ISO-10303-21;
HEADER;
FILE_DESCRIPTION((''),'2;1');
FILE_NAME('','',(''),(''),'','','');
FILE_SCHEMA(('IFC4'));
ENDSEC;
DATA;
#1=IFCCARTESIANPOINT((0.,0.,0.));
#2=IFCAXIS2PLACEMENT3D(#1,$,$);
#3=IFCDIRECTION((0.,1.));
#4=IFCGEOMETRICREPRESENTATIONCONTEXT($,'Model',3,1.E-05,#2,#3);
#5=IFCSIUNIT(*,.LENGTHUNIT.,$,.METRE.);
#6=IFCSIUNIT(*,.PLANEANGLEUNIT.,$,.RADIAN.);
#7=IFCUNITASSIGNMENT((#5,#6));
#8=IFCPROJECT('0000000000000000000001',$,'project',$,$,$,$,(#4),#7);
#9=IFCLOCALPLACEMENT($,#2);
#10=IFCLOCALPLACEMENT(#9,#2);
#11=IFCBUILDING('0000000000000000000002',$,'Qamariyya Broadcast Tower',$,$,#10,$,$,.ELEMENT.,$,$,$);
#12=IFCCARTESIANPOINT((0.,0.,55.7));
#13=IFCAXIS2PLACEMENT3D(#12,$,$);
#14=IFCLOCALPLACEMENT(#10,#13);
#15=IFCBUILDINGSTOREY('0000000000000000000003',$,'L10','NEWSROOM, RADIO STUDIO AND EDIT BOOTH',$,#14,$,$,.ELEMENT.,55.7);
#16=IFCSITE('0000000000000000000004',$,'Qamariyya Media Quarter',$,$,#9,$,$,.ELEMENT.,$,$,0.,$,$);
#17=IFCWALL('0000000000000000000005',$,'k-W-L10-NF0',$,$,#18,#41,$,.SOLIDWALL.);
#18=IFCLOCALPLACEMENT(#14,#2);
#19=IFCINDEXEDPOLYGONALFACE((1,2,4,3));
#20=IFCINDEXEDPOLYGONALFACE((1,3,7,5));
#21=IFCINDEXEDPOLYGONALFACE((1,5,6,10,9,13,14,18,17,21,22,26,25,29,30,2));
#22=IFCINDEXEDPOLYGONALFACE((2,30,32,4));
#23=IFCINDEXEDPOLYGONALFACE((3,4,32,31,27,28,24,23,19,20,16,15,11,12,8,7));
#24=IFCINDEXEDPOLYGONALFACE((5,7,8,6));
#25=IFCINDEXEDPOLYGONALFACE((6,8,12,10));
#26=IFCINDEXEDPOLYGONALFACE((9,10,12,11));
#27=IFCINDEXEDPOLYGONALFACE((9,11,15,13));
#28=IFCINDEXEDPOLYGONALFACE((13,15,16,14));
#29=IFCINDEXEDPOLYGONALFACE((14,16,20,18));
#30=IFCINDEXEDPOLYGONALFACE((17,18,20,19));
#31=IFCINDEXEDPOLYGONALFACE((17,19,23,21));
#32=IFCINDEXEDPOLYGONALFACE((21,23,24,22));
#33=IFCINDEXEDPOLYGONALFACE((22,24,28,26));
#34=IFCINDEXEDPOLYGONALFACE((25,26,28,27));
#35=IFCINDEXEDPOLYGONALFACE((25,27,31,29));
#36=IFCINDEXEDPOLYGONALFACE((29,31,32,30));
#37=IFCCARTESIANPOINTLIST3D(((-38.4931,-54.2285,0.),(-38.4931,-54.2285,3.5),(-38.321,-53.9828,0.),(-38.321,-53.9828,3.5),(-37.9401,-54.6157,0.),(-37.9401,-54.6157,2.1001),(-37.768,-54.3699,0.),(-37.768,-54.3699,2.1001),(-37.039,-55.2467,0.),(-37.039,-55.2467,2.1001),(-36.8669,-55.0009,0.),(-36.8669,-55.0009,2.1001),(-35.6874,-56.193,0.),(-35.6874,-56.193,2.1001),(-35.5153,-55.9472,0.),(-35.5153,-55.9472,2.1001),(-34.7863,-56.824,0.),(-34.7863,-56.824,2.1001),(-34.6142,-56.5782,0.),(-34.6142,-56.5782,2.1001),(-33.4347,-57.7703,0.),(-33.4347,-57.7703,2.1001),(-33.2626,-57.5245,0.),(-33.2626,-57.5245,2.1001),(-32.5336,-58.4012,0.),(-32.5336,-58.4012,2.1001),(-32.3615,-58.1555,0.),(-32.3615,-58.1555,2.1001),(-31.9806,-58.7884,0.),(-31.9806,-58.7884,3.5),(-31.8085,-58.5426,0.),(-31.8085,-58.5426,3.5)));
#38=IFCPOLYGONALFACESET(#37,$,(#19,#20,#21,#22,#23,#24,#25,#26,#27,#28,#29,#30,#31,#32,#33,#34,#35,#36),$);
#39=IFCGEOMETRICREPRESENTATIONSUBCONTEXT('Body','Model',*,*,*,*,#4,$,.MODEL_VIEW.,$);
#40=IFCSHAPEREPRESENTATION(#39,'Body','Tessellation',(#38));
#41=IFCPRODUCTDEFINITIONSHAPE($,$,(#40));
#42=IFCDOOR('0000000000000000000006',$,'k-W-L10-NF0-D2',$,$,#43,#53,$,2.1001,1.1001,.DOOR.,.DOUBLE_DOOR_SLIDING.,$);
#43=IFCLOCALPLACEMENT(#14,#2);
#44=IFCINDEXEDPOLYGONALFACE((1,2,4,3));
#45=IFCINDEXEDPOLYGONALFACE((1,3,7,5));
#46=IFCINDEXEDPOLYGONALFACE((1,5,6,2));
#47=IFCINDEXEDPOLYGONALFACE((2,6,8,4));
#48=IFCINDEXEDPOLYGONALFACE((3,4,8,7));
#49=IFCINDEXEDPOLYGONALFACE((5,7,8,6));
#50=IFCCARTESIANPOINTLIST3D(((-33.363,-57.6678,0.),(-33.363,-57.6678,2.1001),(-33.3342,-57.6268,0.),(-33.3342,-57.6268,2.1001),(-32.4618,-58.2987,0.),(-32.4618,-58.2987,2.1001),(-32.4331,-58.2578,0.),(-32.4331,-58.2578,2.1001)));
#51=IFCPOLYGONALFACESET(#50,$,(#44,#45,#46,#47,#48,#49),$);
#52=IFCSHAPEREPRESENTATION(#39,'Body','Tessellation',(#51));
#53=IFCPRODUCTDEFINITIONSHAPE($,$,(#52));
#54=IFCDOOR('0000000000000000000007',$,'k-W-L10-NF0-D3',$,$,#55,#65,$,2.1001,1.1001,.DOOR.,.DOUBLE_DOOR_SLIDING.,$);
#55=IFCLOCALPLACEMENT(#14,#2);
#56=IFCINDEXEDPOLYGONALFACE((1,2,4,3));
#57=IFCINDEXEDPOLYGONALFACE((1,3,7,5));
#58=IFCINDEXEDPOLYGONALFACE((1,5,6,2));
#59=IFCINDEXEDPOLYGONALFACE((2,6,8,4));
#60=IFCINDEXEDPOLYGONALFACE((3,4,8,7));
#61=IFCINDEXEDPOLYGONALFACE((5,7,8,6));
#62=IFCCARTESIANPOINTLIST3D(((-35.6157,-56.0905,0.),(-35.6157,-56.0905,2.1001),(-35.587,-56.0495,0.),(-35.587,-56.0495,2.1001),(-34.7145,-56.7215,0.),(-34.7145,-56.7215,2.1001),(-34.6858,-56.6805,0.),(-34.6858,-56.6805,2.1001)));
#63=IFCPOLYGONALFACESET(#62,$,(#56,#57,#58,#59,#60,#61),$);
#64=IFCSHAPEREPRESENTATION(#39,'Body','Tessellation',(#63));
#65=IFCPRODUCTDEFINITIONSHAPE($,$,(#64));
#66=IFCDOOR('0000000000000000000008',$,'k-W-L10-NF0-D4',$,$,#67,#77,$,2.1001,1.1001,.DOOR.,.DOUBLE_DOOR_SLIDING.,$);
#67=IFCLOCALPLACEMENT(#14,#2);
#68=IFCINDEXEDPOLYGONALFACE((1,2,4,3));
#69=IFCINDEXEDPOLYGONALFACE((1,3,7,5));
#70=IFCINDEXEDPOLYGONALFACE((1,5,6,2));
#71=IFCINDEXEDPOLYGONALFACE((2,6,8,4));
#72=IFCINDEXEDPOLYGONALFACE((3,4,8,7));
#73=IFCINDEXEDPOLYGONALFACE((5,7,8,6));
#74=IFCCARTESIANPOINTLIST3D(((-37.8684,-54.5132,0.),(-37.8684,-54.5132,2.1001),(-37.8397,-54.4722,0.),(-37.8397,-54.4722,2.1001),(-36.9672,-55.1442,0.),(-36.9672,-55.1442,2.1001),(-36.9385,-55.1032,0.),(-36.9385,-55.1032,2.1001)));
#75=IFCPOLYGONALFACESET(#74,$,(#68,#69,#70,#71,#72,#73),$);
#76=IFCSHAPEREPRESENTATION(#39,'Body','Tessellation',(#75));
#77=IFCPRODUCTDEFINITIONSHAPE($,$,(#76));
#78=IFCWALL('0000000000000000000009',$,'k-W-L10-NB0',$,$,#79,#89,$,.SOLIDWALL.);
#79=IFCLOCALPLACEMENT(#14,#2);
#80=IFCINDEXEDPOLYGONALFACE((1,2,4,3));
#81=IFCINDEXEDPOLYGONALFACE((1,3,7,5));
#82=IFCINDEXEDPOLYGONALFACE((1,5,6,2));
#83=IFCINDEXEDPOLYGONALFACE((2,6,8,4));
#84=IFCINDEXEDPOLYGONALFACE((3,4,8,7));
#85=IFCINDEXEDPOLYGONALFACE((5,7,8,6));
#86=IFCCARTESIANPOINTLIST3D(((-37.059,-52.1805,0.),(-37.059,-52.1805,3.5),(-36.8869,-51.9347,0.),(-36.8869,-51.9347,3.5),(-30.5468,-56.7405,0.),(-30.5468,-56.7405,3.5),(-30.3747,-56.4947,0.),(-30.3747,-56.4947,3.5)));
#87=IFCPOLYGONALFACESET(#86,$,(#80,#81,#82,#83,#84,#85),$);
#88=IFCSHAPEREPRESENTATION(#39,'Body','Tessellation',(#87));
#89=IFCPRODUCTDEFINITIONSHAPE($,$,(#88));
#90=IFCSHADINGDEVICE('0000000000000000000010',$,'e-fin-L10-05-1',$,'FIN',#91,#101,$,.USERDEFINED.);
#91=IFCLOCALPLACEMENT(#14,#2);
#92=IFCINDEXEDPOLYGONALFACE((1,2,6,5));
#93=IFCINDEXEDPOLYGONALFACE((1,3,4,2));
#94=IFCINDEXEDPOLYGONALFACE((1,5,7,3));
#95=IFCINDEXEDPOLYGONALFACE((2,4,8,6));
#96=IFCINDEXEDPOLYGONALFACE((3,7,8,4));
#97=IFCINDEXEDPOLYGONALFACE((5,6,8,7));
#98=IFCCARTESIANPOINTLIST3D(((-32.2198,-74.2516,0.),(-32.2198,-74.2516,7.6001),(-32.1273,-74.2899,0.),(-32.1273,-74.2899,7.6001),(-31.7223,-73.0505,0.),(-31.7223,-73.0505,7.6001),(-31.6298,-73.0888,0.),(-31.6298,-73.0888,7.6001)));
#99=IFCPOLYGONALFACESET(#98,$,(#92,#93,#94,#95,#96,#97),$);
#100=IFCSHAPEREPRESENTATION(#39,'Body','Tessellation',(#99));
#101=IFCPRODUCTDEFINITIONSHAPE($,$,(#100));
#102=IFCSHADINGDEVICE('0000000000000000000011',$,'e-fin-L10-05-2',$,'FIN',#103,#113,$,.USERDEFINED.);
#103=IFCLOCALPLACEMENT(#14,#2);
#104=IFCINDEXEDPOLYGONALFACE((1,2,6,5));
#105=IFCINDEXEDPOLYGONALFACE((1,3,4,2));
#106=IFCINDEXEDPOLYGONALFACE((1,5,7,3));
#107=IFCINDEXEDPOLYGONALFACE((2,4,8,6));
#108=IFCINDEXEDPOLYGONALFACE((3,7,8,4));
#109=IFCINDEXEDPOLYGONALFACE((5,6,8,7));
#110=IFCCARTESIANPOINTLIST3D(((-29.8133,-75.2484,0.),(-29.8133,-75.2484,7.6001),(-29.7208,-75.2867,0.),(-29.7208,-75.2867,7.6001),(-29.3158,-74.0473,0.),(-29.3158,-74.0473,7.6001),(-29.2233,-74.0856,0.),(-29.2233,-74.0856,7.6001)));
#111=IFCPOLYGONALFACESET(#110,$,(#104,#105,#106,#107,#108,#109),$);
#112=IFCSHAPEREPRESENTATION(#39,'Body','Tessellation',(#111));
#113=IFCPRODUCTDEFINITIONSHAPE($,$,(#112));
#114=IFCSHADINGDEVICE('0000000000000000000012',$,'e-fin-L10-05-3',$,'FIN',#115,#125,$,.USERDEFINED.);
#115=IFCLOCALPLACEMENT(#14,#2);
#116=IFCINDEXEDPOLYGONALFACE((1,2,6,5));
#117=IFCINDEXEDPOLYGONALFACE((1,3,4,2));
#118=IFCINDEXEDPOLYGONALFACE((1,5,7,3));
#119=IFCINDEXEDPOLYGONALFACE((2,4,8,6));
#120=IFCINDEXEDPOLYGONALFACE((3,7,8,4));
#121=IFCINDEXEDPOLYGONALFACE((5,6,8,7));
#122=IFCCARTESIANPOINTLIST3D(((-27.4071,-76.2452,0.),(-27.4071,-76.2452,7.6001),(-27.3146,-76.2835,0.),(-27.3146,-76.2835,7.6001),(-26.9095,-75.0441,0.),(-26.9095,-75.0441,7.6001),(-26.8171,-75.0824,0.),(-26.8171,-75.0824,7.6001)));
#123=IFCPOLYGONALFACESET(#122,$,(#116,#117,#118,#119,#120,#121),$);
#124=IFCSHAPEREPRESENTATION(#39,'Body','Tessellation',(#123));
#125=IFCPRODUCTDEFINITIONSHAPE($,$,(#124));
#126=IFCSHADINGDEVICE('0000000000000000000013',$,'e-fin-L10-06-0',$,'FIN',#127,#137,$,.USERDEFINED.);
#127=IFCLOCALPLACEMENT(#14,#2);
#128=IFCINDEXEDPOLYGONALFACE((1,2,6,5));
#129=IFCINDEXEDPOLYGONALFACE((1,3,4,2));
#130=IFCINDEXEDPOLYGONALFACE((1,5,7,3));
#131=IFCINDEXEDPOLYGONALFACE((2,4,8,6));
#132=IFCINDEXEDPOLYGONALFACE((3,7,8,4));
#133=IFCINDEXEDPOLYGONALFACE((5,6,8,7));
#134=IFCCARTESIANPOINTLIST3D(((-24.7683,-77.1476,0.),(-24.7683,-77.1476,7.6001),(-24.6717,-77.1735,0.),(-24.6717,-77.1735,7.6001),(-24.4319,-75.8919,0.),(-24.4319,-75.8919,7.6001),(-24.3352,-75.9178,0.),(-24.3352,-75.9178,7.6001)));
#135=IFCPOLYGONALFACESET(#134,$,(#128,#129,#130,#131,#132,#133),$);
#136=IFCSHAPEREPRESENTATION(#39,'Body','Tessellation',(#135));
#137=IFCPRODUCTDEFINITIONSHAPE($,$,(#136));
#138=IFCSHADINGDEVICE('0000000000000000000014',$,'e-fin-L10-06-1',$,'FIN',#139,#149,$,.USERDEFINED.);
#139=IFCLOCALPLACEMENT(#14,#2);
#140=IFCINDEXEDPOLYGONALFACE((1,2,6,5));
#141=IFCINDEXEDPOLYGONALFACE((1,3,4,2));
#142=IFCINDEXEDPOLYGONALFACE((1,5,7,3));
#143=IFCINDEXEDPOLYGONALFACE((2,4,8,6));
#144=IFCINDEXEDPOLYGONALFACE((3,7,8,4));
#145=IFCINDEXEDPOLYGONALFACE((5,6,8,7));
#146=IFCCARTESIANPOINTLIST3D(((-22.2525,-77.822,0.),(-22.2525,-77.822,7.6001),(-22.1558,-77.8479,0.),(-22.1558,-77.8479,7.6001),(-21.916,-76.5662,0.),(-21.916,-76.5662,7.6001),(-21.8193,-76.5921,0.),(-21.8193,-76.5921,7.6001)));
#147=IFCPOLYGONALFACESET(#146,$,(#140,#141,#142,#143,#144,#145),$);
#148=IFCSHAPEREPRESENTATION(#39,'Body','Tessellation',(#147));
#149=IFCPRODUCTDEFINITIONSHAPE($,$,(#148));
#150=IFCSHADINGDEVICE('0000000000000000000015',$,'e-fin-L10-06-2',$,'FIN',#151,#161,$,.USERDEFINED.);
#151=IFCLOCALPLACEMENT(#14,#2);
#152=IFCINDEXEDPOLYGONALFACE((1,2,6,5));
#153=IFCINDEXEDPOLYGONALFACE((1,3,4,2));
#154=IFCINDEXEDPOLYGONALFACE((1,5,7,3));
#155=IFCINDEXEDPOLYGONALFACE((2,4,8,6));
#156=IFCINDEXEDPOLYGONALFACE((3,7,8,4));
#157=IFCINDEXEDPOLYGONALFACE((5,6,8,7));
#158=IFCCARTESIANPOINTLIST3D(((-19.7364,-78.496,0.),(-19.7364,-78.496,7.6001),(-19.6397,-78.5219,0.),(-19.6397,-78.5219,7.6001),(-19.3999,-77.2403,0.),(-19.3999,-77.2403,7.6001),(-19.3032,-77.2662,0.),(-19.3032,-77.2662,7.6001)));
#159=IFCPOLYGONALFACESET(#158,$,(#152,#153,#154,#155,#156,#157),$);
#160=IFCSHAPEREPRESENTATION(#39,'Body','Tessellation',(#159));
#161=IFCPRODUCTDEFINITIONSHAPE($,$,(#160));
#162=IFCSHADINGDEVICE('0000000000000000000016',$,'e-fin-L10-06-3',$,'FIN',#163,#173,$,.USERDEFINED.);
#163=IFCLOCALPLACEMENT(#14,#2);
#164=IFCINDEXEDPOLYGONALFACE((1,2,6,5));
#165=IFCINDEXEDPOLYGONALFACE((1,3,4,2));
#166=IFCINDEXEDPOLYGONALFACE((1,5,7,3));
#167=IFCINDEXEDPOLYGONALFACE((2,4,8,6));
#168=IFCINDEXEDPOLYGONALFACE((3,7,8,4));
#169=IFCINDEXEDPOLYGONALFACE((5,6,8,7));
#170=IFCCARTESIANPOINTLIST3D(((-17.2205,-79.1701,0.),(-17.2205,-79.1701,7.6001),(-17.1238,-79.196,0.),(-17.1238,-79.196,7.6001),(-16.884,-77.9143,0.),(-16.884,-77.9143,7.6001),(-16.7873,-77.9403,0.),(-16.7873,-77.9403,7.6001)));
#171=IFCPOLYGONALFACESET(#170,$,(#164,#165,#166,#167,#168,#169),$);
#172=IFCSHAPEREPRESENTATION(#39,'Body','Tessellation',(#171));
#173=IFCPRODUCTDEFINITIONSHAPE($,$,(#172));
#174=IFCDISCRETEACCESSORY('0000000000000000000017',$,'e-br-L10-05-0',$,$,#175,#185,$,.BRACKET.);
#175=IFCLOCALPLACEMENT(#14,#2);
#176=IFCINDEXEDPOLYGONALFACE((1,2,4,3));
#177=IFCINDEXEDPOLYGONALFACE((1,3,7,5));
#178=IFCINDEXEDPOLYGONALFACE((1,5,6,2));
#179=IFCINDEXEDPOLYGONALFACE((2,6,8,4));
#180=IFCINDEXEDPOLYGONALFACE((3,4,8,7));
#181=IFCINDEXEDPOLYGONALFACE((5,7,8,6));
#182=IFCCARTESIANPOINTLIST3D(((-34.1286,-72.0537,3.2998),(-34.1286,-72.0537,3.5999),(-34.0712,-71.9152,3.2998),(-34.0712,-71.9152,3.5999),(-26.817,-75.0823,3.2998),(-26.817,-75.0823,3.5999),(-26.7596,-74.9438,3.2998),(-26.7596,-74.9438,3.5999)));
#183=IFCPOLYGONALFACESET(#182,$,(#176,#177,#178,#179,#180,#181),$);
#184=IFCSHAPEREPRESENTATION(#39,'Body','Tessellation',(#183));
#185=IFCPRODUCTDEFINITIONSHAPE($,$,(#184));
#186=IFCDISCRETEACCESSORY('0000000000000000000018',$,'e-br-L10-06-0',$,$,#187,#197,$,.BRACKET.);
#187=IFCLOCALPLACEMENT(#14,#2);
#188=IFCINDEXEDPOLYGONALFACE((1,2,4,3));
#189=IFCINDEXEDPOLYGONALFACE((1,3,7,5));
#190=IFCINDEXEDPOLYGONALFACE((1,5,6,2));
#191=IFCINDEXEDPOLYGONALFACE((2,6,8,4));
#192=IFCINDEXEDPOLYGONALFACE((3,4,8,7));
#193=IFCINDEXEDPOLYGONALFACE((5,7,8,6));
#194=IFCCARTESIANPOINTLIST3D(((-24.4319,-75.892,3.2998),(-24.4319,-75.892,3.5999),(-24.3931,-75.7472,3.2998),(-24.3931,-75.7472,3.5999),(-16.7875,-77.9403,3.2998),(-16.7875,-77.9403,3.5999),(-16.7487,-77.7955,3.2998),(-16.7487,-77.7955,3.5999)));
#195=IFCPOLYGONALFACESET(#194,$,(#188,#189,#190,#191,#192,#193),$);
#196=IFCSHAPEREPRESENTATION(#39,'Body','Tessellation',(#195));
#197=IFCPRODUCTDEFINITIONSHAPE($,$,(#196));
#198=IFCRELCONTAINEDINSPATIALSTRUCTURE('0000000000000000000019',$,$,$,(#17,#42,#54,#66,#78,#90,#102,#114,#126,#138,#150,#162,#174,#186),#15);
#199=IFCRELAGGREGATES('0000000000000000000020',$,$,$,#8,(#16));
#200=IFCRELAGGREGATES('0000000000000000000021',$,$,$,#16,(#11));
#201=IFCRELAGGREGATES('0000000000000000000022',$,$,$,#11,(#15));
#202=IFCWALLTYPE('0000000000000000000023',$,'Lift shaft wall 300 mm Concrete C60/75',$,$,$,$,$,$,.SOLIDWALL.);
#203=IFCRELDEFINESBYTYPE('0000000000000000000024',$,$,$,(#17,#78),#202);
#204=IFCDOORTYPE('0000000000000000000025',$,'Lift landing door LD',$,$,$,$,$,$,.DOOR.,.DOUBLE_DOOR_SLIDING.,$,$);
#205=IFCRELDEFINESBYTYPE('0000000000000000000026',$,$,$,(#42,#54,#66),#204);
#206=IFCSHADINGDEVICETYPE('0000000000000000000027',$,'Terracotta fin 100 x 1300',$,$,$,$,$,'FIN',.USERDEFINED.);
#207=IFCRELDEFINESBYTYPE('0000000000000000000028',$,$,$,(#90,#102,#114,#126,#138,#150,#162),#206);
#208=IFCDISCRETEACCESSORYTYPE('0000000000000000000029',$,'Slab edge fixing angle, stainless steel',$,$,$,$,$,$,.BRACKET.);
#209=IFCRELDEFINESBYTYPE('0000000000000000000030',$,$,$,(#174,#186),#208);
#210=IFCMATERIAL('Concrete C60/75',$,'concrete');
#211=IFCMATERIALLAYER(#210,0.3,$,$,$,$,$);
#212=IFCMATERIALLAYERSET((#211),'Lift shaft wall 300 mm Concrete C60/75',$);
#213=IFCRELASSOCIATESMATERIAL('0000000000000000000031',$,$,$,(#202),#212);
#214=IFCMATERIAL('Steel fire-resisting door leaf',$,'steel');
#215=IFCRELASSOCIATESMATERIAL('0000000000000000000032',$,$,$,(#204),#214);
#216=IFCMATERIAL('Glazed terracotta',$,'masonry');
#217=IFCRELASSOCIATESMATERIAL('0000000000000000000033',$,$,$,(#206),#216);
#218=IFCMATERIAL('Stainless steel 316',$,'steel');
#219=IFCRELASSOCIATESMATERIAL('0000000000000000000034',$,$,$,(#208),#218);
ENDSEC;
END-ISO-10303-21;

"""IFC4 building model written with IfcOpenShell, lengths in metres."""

from ifc_helpers import new_model, si_unit, direction, frame, frame_2d, origin, origin_2d, place, context, subcontext, project, spatial, rectangle, extrude, material, layer, layer_set, material_profile, profile_set, type_object, element, fill, save


model = new_model("IFC4")

# Units and contexts
model_context = context("Model", 3, precision=1e-05, world=origin(), true_north=direction((0.0, 1.0)))
body_context = subcontext(model_context, "Body", "Model", "MODEL_VIEW")
ifc_project = project(units=[si_unit("LENGTHUNIT", "METRE"), si_unit("PLANEANGLEUNIT", "RADIAN")], contexts=[model_context])

# Site, building, storey
site_placement = place(None, origin())
site = spatial("IfcSite", under=ifc_project, at=site_placement, Name="Qamariyya Media Quarter", CompositionType="ELEMENT", RefElevation=0.0)
building_placement = place(site_placement, origin())
building = spatial("IfcBuilding", under=site, at=building_placement, Name="Qamariyya Broadcast Tower", CompositionType="ELEMENT")
storey_placement = place(building_placement, frame((0.0, 0.0, 55.7)))
storey = spatial("IfcBuildingStorey", under=building, at=storey_placement, Name="L10", Description="NEWSROOM, RADIO STUDIO AND EDIT BOOTH", CompositionType="ELEMENT", Elevation=55.7)

# Wall, openings, doors
ifc_material_1 = material(Name="Concrete C60/75", Category="concrete")
ifc_layer_1 = layer(ifc_material_1, 0.3)
ifc_layer_set_1 = layer_set([ifc_layer_1], Name="Lift shaft wall 300 mm Concrete C60/75")
wall_type_1 = type_object("IfcWallType", Name="Lift shaft wall 300 mm Concrete C60/75", PredefinedType="SOLIDWALL", material=ifc_layer_set_1)
wall_1_placement = place(storey_placement, frame((-31.8945, -58.6655, 0.0), z_axis=(0.0, 0.0, 1.0), x_axis=(-0.819167, 0.573555, 0.0)))
wall_1 = element("IfcWall", 1, at=wall_1_placement, inside=storey, type_object=wall_type_1, Name="k-W-L10-NF0", PredefinedType="SOLIDWALL", context=body_context, shape_type="SweptSolid", body=[
    extrude(rectangle(XDim=7.9502, YDim=0.3, at=frame_2d((3.9751, 0.0))), origin(), (0.0, 0.0, 1.0), 3.5),
])
opening_1_placement = place(wall_1_placement, frame((0.675, 0.0, 0.0)))
opening_1 = element("IfcOpeningElement", 2, at=opening_1_placement, cuts=wall_1, PredefinedType="OPENING", context=body_context, shape_type="SweptSolid", body=[
    extrude(rectangle(XDim=1.1001, YDim=2.1001, at=frame_2d((0.55, 1.05))), frame((0.0, 0.1599, 0.0), z_axis=(0.0, -1.0, 0.0), x_axis=(1.0, 0.0, 0.0)), (0.0, 0.0, 1.0), 0.3201),
])
opening_2_placement = place(wall_1_placement, frame((3.425, 0.0, 0.0)))
opening_2 = element("IfcOpeningElement", 3, at=opening_2_placement, cuts=wall_1, PredefinedType="OPENING", context=body_context, shape_type="SweptSolid", body=[
    extrude(rectangle(XDim=1.1001, YDim=2.1001, at=frame_2d((0.55, 1.05))), frame((0.0, 0.1599, 0.0), z_axis=(0.0, -1.0, 0.0), x_axis=(1.0, 0.0, 0.0)), (0.0, 0.0, 1.0), 0.3201),
])
opening_3_placement = place(wall_1_placement, frame((6.175, 0.0, 0.0)))
opening_3 = element("IfcOpeningElement", 4, at=opening_3_placement, cuts=wall_1, PredefinedType="OPENING", context=body_context, shape_type="SweptSolid", body=[
    extrude(rectangle(XDim=1.1001, YDim=2.1001, at=frame_2d((0.55, 1.05))), frame((0.0, 0.1599, 0.0), z_axis=(0.0, -1.0, 0.0), x_axis=(1.0, 0.0, 0.0)), (0.0, 0.0, 1.0), 0.3201),
])
ifc_material_2 = material(Name="Steel fire-resisting door leaf", Category="steel")
door_type_1 = type_object("IfcDoorType", Name="Lift landing door LD", OperationType="DOUBLE_DOOR_SLIDING", PredefinedType="DOOR", material=ifc_material_2)
door_1_placement = place(opening_1_placement, origin())
door_1 = element("IfcDoor", 5, at=door_1_placement, inside=storey, type_object=door_type_1, Name="k-W-L10-NF0-D2", OperationType="DOUBLE_DOOR_SLIDING", OverallHeight=2.1001, OverallWidth=1.1001, PredefinedType="DOOR", context=body_context, shape_type="SweptSolid", body=[
    extrude(rectangle(XDim=1.1001, YDim=2.1001, at=frame_2d((0.55, 1.05))), frame((0.0, 0.0249, 0.0), z_axis=(0.0, -1.0, 0.0), x_axis=(1.0, 0.0, 0.0)), (0.0, 0.0, 1.0), 0.05),
])
fill(opening_1, door_1)
door_2_placement = place(opening_2_placement, origin())
door_2 = element("IfcDoor", 6, at=door_2_placement, inside=storey, type_object=door_type_1, Name="k-W-L10-NF0-D3", OperationType="DOUBLE_DOOR_SLIDING", OverallHeight=2.1001, OverallWidth=1.1001, PredefinedType="DOOR", context=body_context, shape_type="SweptSolid", body=[
    extrude(rectangle(XDim=1.1001, YDim=2.1001, at=frame_2d((0.55, 1.05))), frame((0.0, 0.0249, 0.0), z_axis=(0.0, -1.0, 0.0), x_axis=(1.0, 0.0, 0.0)), (0.0, 0.0, 1.0), 0.05),
])
fill(opening_2, door_2)
door_3_placement = place(opening_3_placement, origin())
door_3 = element("IfcDoor", 7, at=door_3_placement, inside=storey, type_object=door_type_1, Name="k-W-L10-NF0-D4", OperationType="DOUBLE_DOOR_SLIDING", OverallHeight=2.1001, OverallWidth=1.1001, PredefinedType="DOOR", context=body_context, shape_type="SweptSolid", body=[
    extrude(rectangle(XDim=1.1001, YDim=2.1001, at=frame_2d((0.55, 1.05))), frame((0.0, 0.0249, 0.0), z_axis=(0.0, -1.0, 0.0), x_axis=(1.0, 0.0, 0.0)), (0.0, 0.0, 1.0), 0.05),
])
fill(opening_3, door_3)

# Wall
wall_2_placement = place(storey_placement, frame((-30.4607, -56.6177, 0.0), z_axis=(0.0, 0.0, 1.0), x_axis=(-0.819142, 0.57359, 0.0)))
element("IfcWall", 8, at=wall_2_placement, inside=storey, type_object=wall_type_1, Name="k-W-L10-NB0", PredefinedType="SOLIDWALL", context=body_context, shape_type="SweptSolid", body=[
    extrude(rectangle(XDim=7.95, YDim=0.3, at=frame_2d((3.9751, 0.0))), origin(), (0.0, 0.0, 1.0), 3.5),
])

# Shading devices
ifc_material_3 = material(Name="Glazed terracotta", Category="masonry")
ifc_material_profile_1 = material_profile(ifc_material_3, rectangle(XDim=1.3, YDim=0.1001, at=origin_2d()))
ifc_profile_set_1 = profile_set([ifc_material_profile_1], Name="Glazed terracotta")
shading_device_type_1 = type_object("IfcShadingDeviceType", Name="Terracotta fin 100 x 1300", ElementType="FIN", PredefinedType="USERDEFINED", material=ifc_profile_set_1)
for number, where, z_axis, x_axis, name in (
    (9, (-31.9248, -73.6702, 0.0), (0.0, 0.0, 1.0), (-0.382683, -0.92388, 0.0), "e-fin-L10-05-1"),
    (10, (-29.5183, -74.667, 0.0), (0.0, 0.0, 1.0), (-0.382683, -0.92388, 0.0), "e-fin-L10-05-2"),
    (11, (-27.1121, -75.6638, 0.0), (0.0, 0.0, 1.0), (-0.382683, -0.92388, 0.0), "e-fin-L10-05-3"),
    (12, (-24.5518, -76.5327, 0.0), (0.0, 0.0, 1.0), (-0.258819, -0.965926, 0.0), "e-fin-L10-06-0"),
    (13, (-22.0359, -77.207, 0.0), (0.0, 0.0, 1.0), (-0.258819, -0.965926, 0.0), "e-fin-L10-06-1"),
    (14, (-19.5198, -77.8811, 0.0), (0.0, 0.0, 1.0), (-0.258819, -0.965926, 0.0), "e-fin-L10-06-2"),
    (15, (-17.0039, -78.5552, 0.0), (0.0, 0.0, 1.0), (-0.258819, -0.965926, 0.0), "e-fin-L10-06-3"),
):
    element("IfcShadingDevice", number, at=place(storey_placement, frame(where, z_axis=z_axis, x_axis=x_axis)), inside=storey, type_object=shading_device_type_1, Name=name, ObjectType="FIN", PredefinedType="USERDEFINED", context=body_context, shape_type="SweptSolid", body=[
        extrude(rectangle(XDim=1.3, YDim=0.1001, at=origin_2d()), origin(), (0.0, 0.0, 1.0), 7.6001),
    ])

# Discrete accessories
ifc_material_4 = material(Name="Stainless steel 316", Category="steel")
discrete_accessory_type = type_object("IfcDiscreteAccessoryType", Name="Slab edge fixing angle, stainless steel", PredefinedType="BRACKET", material=ifc_material_4)
for number, where, z_axis, x_axis, name in (
    (16, (-30.4441, -73.4988, 3.2998), (0.0, 0.0, 1.0), (0.92388, -0.382683, 0.0), "e-br-L10-05-0"),
    (17, (-20.5903, -76.8438, 3.2998), (0.0, 0.0, 1.0), (0.965926, -0.258819, 0.0), "e-br-L10-06-0"),
):
    element("IfcDiscreteAccessory", number, at=place(storey_placement, frame(where, z_axis=z_axis, x_axis=x_axis)), inside=storey, type_object=discrete_accessory_type, Name=name, PredefinedType="BRACKET", context=body_context, shape_type="SweptSolid", body=[
        extrude(rectangle(XDim=7.9141, YDim=0.1499, at=origin_2d()), origin(), (0.0, 0.0, 1.0), 0.3),
    ])

save(model, "model.ifc")
